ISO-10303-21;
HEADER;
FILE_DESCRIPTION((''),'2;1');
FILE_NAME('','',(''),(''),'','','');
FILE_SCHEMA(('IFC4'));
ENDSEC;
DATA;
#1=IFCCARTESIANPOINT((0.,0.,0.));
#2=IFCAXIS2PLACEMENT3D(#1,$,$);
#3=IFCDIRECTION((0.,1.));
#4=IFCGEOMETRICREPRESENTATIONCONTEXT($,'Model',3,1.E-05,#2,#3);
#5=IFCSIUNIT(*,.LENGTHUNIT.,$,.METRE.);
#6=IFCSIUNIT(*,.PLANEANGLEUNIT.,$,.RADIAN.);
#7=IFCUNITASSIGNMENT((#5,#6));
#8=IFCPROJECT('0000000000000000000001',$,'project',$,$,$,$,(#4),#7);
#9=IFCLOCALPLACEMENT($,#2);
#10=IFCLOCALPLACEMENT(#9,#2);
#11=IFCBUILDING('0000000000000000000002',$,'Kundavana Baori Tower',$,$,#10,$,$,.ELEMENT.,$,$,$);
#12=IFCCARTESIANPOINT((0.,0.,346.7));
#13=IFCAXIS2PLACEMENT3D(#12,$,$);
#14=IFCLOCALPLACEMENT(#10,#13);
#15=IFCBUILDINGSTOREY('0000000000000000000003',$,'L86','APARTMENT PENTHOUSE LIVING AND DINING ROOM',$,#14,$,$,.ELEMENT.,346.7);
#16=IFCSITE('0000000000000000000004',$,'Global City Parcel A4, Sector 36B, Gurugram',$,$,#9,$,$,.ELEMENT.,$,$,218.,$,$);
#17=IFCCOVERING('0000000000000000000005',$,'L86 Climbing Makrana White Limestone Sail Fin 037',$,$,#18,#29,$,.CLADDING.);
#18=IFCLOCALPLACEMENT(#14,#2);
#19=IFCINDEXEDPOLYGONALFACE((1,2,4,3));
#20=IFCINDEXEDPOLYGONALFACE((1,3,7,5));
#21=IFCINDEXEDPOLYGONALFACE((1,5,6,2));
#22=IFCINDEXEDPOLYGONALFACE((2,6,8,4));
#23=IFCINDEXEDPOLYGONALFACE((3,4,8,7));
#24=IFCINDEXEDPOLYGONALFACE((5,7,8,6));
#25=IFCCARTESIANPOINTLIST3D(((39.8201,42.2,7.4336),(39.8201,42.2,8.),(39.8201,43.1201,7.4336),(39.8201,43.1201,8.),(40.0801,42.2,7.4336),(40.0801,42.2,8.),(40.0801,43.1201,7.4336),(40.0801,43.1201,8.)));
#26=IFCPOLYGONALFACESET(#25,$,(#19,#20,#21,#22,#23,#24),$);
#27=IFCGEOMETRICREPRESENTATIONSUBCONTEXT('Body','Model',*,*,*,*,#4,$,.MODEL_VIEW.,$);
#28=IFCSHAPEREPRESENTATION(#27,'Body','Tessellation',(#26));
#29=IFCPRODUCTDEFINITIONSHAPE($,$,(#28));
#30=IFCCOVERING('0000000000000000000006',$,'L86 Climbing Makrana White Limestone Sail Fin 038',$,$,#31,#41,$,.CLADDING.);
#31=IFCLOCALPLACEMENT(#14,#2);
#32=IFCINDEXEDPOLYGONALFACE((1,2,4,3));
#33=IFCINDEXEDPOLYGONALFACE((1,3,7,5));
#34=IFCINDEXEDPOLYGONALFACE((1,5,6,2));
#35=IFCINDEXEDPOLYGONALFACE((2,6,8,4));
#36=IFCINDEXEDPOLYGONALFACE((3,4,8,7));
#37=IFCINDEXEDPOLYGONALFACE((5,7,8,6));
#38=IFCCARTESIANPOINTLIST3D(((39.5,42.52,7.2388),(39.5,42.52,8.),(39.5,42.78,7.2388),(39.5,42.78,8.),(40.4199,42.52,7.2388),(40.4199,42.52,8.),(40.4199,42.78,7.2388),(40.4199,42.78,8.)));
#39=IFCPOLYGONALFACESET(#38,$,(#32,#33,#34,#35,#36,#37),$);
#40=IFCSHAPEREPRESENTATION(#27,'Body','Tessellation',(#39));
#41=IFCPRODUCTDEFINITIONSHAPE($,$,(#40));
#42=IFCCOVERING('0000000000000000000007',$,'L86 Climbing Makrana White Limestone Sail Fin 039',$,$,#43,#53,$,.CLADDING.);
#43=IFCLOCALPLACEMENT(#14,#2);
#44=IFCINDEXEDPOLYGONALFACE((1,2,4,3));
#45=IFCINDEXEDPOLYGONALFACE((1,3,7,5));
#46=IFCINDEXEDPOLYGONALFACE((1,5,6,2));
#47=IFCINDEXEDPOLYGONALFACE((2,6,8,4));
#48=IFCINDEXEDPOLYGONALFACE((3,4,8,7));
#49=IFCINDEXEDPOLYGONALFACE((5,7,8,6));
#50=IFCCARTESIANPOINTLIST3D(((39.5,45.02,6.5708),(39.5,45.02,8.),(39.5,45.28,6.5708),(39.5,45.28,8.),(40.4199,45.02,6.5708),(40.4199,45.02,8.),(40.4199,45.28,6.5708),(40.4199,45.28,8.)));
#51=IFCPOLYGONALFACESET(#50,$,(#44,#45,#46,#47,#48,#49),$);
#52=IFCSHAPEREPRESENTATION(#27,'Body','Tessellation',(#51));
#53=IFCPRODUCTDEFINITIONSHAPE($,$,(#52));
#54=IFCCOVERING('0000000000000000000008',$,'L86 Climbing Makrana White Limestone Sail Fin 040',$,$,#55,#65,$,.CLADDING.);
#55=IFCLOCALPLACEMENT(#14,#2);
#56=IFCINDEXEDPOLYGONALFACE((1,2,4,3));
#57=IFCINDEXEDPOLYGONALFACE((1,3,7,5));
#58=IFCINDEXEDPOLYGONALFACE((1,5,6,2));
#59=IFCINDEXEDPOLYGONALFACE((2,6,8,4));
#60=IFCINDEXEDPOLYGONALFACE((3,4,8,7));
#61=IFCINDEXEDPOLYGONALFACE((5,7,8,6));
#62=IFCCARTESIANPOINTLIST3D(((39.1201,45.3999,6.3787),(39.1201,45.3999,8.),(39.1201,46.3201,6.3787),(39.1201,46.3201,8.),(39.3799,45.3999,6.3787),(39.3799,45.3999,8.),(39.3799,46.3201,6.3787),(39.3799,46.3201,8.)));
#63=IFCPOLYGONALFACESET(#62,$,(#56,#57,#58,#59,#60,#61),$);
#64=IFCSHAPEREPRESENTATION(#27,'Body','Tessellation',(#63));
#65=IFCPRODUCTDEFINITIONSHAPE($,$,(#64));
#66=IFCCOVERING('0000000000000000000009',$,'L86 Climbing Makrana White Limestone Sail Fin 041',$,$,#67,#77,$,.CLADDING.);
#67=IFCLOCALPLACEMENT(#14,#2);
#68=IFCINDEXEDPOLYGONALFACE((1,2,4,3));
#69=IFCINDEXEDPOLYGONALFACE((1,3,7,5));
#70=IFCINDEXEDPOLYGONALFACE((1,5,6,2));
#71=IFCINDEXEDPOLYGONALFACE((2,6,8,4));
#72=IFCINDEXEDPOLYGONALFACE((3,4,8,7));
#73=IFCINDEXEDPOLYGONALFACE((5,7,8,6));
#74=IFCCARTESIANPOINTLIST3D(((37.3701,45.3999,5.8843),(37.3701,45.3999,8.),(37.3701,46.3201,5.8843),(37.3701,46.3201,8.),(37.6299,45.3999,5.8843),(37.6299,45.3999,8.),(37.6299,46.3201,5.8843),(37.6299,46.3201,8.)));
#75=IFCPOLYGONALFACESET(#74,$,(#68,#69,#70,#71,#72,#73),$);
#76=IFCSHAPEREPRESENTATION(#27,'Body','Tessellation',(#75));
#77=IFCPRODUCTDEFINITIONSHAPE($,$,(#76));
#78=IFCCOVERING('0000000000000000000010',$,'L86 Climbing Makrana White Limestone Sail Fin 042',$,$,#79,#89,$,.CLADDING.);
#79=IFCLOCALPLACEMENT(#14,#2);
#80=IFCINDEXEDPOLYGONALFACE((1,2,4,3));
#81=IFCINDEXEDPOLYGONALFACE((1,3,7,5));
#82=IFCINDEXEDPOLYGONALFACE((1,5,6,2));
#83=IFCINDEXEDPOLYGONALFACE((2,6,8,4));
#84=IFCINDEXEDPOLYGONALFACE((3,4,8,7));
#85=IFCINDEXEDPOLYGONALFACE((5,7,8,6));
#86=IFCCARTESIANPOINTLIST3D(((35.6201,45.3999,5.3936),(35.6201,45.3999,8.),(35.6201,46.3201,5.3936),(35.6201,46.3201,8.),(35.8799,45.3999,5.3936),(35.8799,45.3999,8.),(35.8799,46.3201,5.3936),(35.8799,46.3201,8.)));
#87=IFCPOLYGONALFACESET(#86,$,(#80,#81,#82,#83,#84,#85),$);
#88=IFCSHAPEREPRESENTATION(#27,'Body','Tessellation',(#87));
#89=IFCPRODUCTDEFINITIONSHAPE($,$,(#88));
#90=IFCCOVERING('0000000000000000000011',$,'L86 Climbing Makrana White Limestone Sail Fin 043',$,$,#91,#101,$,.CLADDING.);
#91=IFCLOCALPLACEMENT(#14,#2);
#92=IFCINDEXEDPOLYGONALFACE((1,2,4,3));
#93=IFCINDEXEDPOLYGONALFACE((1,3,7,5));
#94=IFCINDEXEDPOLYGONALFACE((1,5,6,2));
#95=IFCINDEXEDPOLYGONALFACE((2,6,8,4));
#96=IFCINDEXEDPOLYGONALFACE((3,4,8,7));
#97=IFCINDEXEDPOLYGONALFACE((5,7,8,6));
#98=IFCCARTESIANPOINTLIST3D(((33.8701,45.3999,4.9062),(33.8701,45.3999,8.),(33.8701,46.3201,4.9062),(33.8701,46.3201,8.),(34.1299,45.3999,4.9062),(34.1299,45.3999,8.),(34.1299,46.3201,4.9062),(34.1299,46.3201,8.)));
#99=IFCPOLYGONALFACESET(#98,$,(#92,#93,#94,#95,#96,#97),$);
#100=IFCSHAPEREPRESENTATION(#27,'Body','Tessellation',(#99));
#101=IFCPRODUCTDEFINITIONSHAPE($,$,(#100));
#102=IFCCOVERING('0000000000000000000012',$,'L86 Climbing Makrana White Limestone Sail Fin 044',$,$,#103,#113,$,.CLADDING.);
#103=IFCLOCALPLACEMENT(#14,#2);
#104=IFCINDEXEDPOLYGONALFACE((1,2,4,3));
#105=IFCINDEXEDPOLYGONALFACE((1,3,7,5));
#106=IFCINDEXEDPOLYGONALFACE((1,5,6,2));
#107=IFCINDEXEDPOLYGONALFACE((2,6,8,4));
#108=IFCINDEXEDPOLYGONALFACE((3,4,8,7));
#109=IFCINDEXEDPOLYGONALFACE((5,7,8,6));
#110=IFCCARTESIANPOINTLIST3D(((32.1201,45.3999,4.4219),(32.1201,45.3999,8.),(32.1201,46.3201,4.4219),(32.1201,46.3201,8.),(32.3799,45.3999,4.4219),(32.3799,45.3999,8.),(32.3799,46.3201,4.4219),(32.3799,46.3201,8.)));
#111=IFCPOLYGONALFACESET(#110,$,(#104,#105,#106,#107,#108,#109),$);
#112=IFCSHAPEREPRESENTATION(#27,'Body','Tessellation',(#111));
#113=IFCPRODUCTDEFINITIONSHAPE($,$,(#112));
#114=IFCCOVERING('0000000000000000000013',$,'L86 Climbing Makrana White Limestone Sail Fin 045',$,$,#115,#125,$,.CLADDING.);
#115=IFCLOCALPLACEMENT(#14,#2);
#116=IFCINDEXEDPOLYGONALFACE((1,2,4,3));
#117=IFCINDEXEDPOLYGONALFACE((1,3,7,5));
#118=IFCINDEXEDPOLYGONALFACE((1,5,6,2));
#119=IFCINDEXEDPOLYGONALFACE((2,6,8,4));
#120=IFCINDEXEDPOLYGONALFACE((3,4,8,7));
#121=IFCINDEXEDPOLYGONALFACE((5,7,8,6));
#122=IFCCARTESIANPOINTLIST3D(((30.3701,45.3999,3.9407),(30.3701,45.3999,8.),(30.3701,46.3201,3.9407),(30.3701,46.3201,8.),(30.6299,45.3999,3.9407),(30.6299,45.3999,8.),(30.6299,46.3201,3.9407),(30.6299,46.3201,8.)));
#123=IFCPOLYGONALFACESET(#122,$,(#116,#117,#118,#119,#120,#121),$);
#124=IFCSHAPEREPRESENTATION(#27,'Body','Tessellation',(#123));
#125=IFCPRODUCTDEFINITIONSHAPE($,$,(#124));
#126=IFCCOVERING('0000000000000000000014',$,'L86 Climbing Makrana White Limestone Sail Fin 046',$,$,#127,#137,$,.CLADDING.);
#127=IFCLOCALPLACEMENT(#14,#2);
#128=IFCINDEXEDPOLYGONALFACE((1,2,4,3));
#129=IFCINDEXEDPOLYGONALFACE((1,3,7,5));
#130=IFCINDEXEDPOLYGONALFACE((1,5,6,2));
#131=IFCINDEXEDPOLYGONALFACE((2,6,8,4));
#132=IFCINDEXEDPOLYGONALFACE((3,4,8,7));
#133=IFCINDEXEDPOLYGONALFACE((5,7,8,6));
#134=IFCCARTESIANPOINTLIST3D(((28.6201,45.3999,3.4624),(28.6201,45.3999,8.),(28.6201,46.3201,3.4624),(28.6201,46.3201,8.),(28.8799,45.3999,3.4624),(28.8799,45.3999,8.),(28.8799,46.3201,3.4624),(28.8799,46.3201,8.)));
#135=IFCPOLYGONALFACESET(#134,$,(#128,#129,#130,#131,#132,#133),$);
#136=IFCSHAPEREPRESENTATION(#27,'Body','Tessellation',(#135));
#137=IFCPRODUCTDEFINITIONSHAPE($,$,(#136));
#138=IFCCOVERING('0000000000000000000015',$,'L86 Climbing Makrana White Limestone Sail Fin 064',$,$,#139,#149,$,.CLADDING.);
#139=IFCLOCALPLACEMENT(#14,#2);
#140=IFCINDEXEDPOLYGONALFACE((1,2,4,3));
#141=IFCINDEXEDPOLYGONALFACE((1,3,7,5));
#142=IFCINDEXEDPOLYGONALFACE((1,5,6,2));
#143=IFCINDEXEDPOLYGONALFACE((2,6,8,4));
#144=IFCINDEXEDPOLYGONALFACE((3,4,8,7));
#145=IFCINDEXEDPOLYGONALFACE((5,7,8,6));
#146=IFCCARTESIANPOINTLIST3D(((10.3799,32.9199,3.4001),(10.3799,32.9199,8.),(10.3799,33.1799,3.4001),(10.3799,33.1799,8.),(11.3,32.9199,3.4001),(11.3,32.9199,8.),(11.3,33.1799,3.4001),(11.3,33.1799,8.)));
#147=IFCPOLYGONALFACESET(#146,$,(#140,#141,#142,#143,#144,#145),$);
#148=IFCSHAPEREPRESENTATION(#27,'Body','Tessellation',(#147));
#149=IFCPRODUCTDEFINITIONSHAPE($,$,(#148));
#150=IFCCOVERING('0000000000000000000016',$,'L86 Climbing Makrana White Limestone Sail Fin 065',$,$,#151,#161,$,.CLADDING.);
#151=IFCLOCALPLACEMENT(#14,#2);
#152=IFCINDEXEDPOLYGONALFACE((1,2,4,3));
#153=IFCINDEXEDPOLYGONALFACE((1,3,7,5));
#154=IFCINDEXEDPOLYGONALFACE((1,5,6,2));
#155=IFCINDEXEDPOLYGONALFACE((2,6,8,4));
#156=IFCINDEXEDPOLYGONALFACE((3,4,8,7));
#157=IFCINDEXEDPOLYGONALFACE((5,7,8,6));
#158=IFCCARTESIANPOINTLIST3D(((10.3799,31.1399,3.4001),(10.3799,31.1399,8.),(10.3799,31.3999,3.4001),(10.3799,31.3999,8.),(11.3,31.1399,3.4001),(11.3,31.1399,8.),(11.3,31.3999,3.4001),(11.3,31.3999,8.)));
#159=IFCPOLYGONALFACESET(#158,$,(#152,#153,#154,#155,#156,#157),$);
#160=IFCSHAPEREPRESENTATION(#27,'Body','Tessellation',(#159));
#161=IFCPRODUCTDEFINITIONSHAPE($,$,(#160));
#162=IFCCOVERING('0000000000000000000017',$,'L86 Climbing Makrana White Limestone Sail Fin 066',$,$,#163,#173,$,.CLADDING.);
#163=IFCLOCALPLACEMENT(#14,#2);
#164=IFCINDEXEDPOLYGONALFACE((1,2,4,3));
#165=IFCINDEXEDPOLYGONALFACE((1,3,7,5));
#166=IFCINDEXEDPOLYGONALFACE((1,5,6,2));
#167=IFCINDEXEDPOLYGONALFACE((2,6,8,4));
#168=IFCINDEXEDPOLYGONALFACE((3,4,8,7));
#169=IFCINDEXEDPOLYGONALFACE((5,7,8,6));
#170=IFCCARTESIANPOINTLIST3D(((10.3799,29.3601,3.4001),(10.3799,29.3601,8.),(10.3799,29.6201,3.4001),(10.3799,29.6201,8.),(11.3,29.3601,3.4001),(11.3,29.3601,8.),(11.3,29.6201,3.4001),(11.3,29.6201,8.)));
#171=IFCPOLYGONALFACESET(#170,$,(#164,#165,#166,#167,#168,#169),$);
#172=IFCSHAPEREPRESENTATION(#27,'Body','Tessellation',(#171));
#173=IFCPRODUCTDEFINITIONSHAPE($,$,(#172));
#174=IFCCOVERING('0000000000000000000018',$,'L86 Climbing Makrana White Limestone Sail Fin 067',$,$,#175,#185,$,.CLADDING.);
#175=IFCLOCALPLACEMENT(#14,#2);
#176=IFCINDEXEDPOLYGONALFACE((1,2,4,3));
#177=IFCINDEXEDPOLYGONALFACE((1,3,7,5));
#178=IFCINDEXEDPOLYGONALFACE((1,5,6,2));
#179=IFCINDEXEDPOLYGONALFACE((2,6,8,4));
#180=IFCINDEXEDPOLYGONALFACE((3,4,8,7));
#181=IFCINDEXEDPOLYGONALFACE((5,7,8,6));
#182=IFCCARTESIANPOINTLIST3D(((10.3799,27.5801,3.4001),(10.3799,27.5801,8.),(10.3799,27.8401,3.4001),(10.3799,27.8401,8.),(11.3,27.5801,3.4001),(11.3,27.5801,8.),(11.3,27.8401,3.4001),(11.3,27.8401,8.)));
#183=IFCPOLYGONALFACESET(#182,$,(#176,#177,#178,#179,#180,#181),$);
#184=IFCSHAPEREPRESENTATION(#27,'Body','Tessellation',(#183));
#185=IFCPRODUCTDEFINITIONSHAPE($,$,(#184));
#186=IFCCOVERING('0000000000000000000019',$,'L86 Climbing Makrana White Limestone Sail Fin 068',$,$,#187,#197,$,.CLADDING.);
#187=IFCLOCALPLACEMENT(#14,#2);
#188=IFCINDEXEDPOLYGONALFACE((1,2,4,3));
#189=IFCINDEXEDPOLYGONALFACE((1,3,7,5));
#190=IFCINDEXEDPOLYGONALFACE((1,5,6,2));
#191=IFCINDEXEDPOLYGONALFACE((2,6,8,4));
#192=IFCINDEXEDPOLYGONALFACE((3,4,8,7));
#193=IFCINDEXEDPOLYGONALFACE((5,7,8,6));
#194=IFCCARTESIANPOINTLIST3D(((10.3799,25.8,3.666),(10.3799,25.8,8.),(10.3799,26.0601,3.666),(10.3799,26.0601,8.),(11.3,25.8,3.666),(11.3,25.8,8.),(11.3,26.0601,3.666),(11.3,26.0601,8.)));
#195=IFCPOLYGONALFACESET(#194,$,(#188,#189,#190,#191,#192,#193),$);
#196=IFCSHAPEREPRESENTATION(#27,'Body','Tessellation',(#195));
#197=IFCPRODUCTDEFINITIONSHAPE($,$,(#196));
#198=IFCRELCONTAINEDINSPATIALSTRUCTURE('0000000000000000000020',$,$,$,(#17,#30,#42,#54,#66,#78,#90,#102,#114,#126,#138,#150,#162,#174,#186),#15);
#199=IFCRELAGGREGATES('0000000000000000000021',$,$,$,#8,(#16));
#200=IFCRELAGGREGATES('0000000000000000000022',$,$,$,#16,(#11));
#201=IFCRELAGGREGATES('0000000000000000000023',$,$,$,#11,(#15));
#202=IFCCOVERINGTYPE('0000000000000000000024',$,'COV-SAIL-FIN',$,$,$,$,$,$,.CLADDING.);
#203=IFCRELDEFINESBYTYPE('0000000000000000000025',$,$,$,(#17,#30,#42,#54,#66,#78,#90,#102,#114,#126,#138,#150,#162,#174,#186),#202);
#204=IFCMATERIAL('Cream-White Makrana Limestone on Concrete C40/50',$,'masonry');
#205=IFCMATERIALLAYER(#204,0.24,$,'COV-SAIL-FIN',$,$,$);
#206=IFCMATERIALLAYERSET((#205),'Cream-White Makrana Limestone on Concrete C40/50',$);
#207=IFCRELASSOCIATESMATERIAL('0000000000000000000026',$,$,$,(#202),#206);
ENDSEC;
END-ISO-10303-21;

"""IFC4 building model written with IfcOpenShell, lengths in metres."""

from ifc_helpers import new_model, si_unit, direction, frame, origin, place, context, subcontext, project, spatial, polyline, outline, extrude, material, layer, layer_set, type_object, element, save


model = new_model("IFC4")

# Units and contexts
model_context = context("Model", 3, precision=1e-05, world=origin(), true_north=direction((0.0, 1.0)))
body_context = subcontext(model_context, "Body", "Model", "MODEL_VIEW")
ifc_project = project(units=[si_unit("LENGTHUNIT", "METRE"), si_unit("PLANEANGLEUNIT", "RADIAN")], contexts=[model_context])

# Site, building, storey
site_placement = place(None, origin())
site = spatial("IfcSite", under=ifc_project, at=site_placement, Name="Global City Parcel A4, Sector 36B, Gurugram", CompositionType="ELEMENT", RefElevation=218.0)
building_placement = place(site_placement, origin())
building = spatial("IfcBuilding", under=site, at=building_placement, Name="Kundavana Baori Tower", CompositionType="ELEMENT")
storey_placement = place(building_placement, frame((0.0, 0.0, 346.7)))
storey = spatial("IfcBuildingStorey", under=building, at=storey_placement, Name="L86", Description="APARTMENT PENTHOUSE LIVING AND DINING ROOM", CompositionType="ELEMENT", Elevation=346.7)

# Coverings
ifc_material = material(Name="Cream-White Makrana Limestone on Concrete C40/50", Category="masonry")
ifc_layer = layer(ifc_material, 0.24, Name="COV-SAIL-FIN")
ifc_layer_set = layer_set([ifc_layer], Name="Cream-White Makrana Limestone on Concrete C40/50")
covering_type = type_object("IfcCoveringType", Name="COV-SAIL-FIN", PredefinedType="CLADDING", material=ifc_layer_set)
covering_1_placement = place(storey_placement, frame((0.0, 0.0, 7.4336)))
element("IfcCovering", 1, at=covering_1_placement, inside=storey, type_object=covering_type, Name="L86 Climbing Makrana White Limestone Sail Fin 037", PredefinedType="CLADDING", context=body_context, shape_type="SweptSolid", body=[
    extrude(outline(polyline([(39.8201, 42.2), (40.0801, 42.2), (40.0801, 43.1201), (39.8201, 43.1201), (39.8201, 42.2)])), origin(), (0.0, 0.0, 1.0), 0.5664),
])
covering_2_placement = place(storey_placement, frame((0.0, 0.0, 7.2388)))
element("IfcCovering", 2, at=covering_2_placement, inside=storey, type_object=covering_type, Name="L86 Climbing Makrana White Limestone Sail Fin 038", PredefinedType="CLADDING", context=body_context, shape_type="SweptSolid", body=[
    extrude(outline(polyline([(39.5, 42.52), (40.4199, 42.52), (40.4199, 42.78), (39.5, 42.78), (39.5, 42.52)])), origin(), (0.0, 0.0, 1.0), 0.7612),
])
covering_3_placement = place(storey_placement, frame((0.0, 0.0, 6.5708)))
element("IfcCovering", 3, at=covering_3_placement, inside=storey, type_object=covering_type, Name="L86 Climbing Makrana White Limestone Sail Fin 039", PredefinedType="CLADDING", context=body_context, shape_type="SweptSolid", body=[
    extrude(outline(polyline([(39.5, 45.02), (40.4199, 45.02), (40.4199, 45.28), (39.5, 45.28), (39.5, 45.02)])), origin(), (0.0, 0.0, 1.0), 1.4292),
])
covering_4_placement = place(storey_placement, frame((0.0, 0.0, 6.3787)))
element("IfcCovering", 4, at=covering_4_placement, inside=storey, type_object=covering_type, Name="L86 Climbing Makrana White Limestone Sail Fin 040", PredefinedType="CLADDING", context=body_context, shape_type="SweptSolid", body=[
    extrude(outline(polyline([(39.1201, 45.3999), (39.3799, 45.3999), (39.3799, 46.3201), (39.1201, 46.3201), (39.1201, 45.3999)])), origin(), (0.0, 0.0, 1.0), 1.6213),
])
covering_5_placement = place(storey_placement, frame((0.0, 0.0, 5.8843)))
element("IfcCovering", 5, at=covering_5_placement, inside=storey, type_object=covering_type, Name="L86 Climbing Makrana White Limestone Sail Fin 041", PredefinedType="CLADDING", context=body_context, shape_type="SweptSolid", body=[
    extrude(outline(polyline([(37.3701, 45.3999), (37.6299, 45.3999), (37.6299, 46.3201), (37.3701, 46.3201), (37.3701, 45.3999)])), origin(), (0.0, 0.0, 1.0), 2.1157),
])
covering_6_placement = place(storey_placement, frame((0.0, 0.0, 5.3936)))
element("IfcCovering", 6, at=covering_6_placement, inside=storey, type_object=covering_type, Name="L86 Climbing Makrana White Limestone Sail Fin 042", PredefinedType="CLADDING", context=body_context, shape_type="SweptSolid", body=[
    extrude(outline(polyline([(35.6201, 45.3999), (35.8799, 45.3999), (35.8799, 46.3201), (35.6201, 46.3201), (35.6201, 45.3999)])), origin(), (0.0, 0.0, 1.0), 2.6064),
])
covering_7_placement = place(storey_placement, frame((0.0, 0.0, 4.9062)))
element("IfcCovering", 7, at=covering_7_placement, inside=storey, type_object=covering_type, Name="L86 Climbing Makrana White Limestone Sail Fin 043", PredefinedType="CLADDING", context=body_context, shape_type="SweptSolid", body=[
    extrude(outline(polyline([(33.8701, 45.3999), (34.1299, 45.3999), (34.1299, 46.3201), (33.8701, 46.3201), (33.8701, 45.3999)])), origin(), (0.0, 0.0, 1.0), 3.0938),
])
covering_8_placement = place(storey_placement, frame((0.0, 0.0, 4.4219)))
element("IfcCovering", 8, at=covering_8_placement, inside=storey, type_object=covering_type, Name="L86 Climbing Makrana White Limestone Sail Fin 044", PredefinedType="CLADDING", context=body_context, shape_type="SweptSolid", body=[
    extrude(outline(polyline([(32.1201, 45.3999), (32.3799, 45.3999), (32.3799, 46.3201), (32.1201, 46.3201), (32.1201, 45.3999)])), origin(), (0.0, 0.0, 1.0), 3.5781),
])
covering_9_placement = place(storey_placement, frame((0.0, 0.0, 3.9407)))
element("IfcCovering", 9, at=covering_9_placement, inside=storey, type_object=covering_type, Name="L86 Climbing Makrana White Limestone Sail Fin 045", PredefinedType="CLADDING", context=body_context, shape_type="SweptSolid", body=[
    extrude(outline(polyline([(30.3701, 45.3999), (30.6299, 45.3999), (30.6299, 46.3201), (30.3701, 46.3201), (30.3701, 45.3999)])), origin(), (0.0, 0.0, 1.0), 4.0593),
])
covering_10_placement = place(storey_placement, frame((0.0, 0.0, 3.4624)))
element("IfcCovering", 10, at=covering_10_placement, inside=storey, type_object=covering_type, Name="L86 Climbing Makrana White Limestone Sail Fin 046", PredefinedType="CLADDING", context=body_context, shape_type="SweptSolid", body=[
    extrude(outline(polyline([(28.6201, 45.3999), (28.8799, 45.3999), (28.8799, 46.3201), (28.6201, 46.3201), (28.6201, 45.3999)])), origin(), (0.0, 0.0, 1.0), 4.5376),
])
covering_11_placement = place(storey_placement, frame((0.0, 0.0, 3.4001)))
element("IfcCovering", 11, at=covering_11_placement, inside=storey, type_object=covering_type, Name="L86 Climbing Makrana White Limestone Sail Fin 064", PredefinedType="CLADDING", context=body_context, shape_type="SweptSolid", body=[
    extrude(outline(polyline([(10.3799, 32.9199), (11.3, 32.9199), (11.3, 33.1799), (10.3799, 33.1799), (10.3799, 32.9199)])), origin(), (0.0, 0.0, 1.0), 4.5999),
])
covering_12_placement = place(storey_placement, frame((0.0, 0.0, 3.4001)))
element("IfcCovering", 12, at=covering_12_placement, inside=storey, type_object=covering_type, Name="L86 Climbing Makrana White Limestone Sail Fin 065", PredefinedType="CLADDING", context=body_context, shape_type="SweptSolid", body=[
    extrude(outline(polyline([(10.3799, 31.1399), (11.3, 31.1399), (11.3, 31.3999), (10.3799, 31.3999), (10.3799, 31.1399)])), origin(), (0.0, 0.0, 1.0), 4.5999),
])
covering_13_placement = place(storey_placement, frame((0.0, 0.0, 3.4001)))
element("IfcCovering", 13, at=covering_13_placement, inside=storey, type_object=covering_type, Name="L86 Climbing Makrana White Limestone Sail Fin 066", PredefinedType="CLADDING", context=body_context, shape_type="SweptSolid", body=[
    extrude(outline(polyline([(10.3799, 29.3601), (11.3, 29.3601), (11.3, 29.6201), (10.3799, 29.6201), (10.3799, 29.3601)])), origin(), (0.0, 0.0, 1.0), 4.5999),
])
covering_14_placement = place(storey_placement, frame((0.0, 0.0, 3.4001)))
element("IfcCovering", 14, at=covering_14_placement, inside=storey, type_object=covering_type, Name="L86 Climbing Makrana White Limestone Sail Fin 067", PredefinedType="CLADDING", context=body_context, shape_type="SweptSolid", body=[
    extrude(outline(polyline([(10.3799, 27.5801), (11.3, 27.5801), (11.3, 27.8401), (10.3799, 27.8401), (10.3799, 27.5801)])), origin(), (0.0, 0.0, 1.0), 4.5999),
])
covering_15_placement = place(storey_placement, frame((0.0, 0.0, 3.666)))
element("IfcCovering", 15, at=covering_15_placement, inside=storey, type_object=covering_type, Name="L86 Climbing Makrana White Limestone Sail Fin 068", PredefinedType="CLADDING", context=body_context, shape_type="SweptSolid", body=[
    extrude(outline(polyline([(10.3799, 25.8), (11.3, 25.8), (11.3, 26.0601), (10.3799, 26.0601), (10.3799, 25.8)])), origin(), (0.0, 0.0, 1.0), 4.334),
])

save(model, "model.ifc")
